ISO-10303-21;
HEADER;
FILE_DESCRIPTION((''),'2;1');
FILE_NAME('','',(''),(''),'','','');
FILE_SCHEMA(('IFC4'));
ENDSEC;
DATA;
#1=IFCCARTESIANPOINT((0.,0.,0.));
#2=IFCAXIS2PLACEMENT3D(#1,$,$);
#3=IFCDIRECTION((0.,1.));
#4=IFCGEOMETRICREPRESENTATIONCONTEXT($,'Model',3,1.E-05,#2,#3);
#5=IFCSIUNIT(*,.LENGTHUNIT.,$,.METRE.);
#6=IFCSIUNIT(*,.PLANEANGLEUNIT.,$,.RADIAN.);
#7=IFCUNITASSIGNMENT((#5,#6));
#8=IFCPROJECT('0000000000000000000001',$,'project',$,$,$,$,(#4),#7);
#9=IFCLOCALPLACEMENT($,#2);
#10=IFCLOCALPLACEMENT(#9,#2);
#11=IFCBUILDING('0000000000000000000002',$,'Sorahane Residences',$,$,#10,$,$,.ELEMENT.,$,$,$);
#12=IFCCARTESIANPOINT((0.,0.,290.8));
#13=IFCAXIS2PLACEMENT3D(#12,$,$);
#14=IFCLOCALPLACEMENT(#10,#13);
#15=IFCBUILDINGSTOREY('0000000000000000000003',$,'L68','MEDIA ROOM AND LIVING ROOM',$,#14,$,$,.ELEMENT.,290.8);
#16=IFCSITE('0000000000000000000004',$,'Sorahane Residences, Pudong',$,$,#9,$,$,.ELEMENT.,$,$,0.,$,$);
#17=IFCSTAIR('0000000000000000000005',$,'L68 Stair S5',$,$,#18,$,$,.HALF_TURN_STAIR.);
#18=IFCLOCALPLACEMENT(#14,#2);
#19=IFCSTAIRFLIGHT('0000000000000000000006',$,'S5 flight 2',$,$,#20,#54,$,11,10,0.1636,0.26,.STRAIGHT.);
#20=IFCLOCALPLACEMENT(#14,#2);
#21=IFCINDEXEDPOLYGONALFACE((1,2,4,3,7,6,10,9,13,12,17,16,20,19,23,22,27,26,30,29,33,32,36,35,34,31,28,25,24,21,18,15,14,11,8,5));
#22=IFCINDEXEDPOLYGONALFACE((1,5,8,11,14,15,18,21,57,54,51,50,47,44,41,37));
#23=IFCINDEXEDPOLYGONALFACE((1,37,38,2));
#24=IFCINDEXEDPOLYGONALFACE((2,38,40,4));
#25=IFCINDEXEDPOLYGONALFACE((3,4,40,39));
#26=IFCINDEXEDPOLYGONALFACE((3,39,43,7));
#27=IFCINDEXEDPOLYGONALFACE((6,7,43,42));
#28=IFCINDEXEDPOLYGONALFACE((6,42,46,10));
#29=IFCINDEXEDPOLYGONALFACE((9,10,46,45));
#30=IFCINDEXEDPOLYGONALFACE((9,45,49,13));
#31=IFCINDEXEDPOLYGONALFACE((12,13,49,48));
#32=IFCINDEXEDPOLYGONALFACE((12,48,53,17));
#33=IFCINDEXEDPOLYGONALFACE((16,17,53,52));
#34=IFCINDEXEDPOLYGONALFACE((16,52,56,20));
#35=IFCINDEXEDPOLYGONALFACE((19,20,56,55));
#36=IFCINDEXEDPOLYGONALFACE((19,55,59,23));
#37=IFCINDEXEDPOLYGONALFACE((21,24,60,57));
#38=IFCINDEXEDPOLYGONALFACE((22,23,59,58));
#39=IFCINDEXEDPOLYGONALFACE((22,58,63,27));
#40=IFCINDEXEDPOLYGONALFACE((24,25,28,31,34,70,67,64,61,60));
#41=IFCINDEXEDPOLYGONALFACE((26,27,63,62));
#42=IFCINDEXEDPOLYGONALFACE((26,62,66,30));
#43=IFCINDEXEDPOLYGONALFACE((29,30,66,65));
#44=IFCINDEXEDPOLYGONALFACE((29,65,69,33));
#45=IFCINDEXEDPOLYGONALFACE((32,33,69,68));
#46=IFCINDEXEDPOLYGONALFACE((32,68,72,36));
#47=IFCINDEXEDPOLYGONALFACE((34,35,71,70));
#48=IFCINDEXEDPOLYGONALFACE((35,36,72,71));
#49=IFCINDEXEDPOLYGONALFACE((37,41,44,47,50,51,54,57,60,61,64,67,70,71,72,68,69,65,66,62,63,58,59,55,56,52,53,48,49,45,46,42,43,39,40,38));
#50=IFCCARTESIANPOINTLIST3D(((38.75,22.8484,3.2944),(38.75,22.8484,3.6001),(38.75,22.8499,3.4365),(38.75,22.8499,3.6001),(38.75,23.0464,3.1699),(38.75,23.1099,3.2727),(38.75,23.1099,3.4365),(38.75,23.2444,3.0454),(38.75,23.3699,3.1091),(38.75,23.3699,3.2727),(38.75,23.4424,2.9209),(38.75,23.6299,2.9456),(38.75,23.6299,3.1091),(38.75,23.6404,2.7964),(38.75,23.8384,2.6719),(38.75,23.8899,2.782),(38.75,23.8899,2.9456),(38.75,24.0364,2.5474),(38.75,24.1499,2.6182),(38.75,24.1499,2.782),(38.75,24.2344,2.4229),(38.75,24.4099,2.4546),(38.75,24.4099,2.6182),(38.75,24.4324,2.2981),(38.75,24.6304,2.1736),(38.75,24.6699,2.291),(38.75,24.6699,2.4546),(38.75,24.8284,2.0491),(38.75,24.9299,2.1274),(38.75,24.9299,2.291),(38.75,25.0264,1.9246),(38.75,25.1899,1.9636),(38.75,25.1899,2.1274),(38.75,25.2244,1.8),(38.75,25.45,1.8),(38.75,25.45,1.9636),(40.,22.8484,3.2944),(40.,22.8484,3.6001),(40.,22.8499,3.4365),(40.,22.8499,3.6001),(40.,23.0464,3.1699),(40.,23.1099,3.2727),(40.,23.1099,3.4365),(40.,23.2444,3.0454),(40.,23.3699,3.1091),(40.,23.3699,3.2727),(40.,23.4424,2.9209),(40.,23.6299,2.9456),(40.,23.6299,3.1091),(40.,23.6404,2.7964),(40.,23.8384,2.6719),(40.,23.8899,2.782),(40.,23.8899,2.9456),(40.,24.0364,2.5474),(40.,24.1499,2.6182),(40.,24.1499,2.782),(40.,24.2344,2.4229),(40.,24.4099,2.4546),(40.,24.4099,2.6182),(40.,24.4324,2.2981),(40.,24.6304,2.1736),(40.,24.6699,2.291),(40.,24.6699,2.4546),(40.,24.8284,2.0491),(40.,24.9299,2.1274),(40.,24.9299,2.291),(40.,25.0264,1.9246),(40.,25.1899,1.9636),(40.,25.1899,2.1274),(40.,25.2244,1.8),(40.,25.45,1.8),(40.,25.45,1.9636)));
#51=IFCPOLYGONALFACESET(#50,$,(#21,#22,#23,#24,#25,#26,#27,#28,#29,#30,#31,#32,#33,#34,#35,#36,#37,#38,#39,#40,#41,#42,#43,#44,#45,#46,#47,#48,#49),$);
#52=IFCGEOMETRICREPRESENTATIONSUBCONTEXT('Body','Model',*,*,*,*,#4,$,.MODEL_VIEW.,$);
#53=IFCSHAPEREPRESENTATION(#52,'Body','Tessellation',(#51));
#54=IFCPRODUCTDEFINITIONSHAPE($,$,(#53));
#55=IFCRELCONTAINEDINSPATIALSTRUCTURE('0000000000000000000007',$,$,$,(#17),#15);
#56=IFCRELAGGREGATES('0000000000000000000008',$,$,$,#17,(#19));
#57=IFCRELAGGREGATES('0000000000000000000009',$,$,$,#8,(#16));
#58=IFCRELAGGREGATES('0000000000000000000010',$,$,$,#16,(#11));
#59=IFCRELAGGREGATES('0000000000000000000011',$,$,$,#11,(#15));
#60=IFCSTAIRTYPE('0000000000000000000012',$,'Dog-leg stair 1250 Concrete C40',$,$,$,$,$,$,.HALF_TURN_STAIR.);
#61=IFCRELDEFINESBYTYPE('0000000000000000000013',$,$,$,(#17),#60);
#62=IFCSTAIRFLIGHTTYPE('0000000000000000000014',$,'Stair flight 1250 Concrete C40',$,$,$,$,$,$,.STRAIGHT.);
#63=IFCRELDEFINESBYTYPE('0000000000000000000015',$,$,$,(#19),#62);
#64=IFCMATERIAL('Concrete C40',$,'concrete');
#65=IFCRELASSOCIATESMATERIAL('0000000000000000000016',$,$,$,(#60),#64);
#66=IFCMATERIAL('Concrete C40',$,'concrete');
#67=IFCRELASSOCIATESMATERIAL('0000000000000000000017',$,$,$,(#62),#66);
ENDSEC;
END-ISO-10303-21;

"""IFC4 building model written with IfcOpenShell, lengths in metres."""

from ifc_helpers import new_model, si_unit, direction, frame, origin, place, context, subcontext, project, spatial, polyline, outline, extrude, material, type_object, element, aggregate, save


model = new_model("IFC4")

# Units and contexts
model_context = context("Model", 3, precision=1e-05, world=origin(), true_north=direction((0.0, 1.0)))
body_context = subcontext(model_context, "Body", "Model", "MODEL_VIEW")
ifc_project = project(units=[si_unit("LENGTHUNIT", "METRE"), si_unit("PLANEANGLEUNIT", "RADIAN")], contexts=[model_context])

# Site, building, storey
site_placement = place(None, origin())
site = spatial("IfcSite", under=ifc_project, at=site_placement, Name="Sorahane Residences, Pudong", CompositionType="ELEMENT", RefElevation=0.0)
building_placement = place(site_placement, origin())
building = spatial("IfcBuilding", under=site, at=building_placement, Name="Sorahane Residences", CompositionType="ELEMENT")
storey_placement = place(building_placement, frame((0.0, 0.0, 290.8)))
storey = spatial("IfcBuildingStorey", under=building, at=storey_placement, Name="L68", Description="MEDIA ROOM AND LIVING ROOM", CompositionType="ELEMENT", Elevation=290.8)

# Stair, stair flight
ifc_material_1 = material(Name="Concrete C40", Category="concrete")
stair_type = type_object("IfcStairType", Name="Dog-leg stair 1250 Concrete C40", PredefinedType="HALF_TURN_STAIR", material=ifc_material_1)
stair_placement = place(storey_placement, origin())
stair = element("IfcStair", 1, at=stair_placement, inside=storey, type_object=stair_type, Name="L68 Stair S5", PredefinedType="HALF_TURN_STAIR")
ifc_material_2 = material(Name="Concrete C40", Category="concrete")
stair_flight_type = type_object("IfcStairFlightType", Name="Stair flight 1250 Concrete C40", PredefinedType="STRAIGHT", material=ifc_material_2)
stair_flight_1_placement = place(storey_placement, frame((39.375, 25.45, 1.8), z_axis=(0.0, 0.0, 1.0), x_axis=(0.0, -1.0, 0.0)))
stair_flight_1 = element("IfcStairFlight", 2, at=stair_flight_1_placement, type_object=stair_flight_type, Name="S5 flight 2", NumberOfRisers=11, NumberOfTreads=10, PredefinedType="STRAIGHT", RiserHeight=0.1636, TreadLength=0.26, context=body_context, shape_type="SweptSolid", body=[
    extrude(outline(polyline([(0.0, 0.0), (0.0, 0.1636), (0.26, 0.1636), (0.26, 0.3274), (0.52, 0.3274), (0.52, 0.491), (0.78, 0.491), (0.78, 0.6545), (1.04, 0.6545), (1.04, 0.8181), (1.3, 0.8181), (1.3, 0.9819), (1.5601, 0.9819), (1.5601, 1.1455), (1.8201, 1.1455), (1.8201, 1.3091), (2.0801, 1.3091), (2.0801, 1.4727), (2.3401, 1.4727), (2.3401, 1.6365), (2.6001, 1.6365), (2.6001, 1.8), (2.6016, 1.8), (2.6016, 1.4944), (2.4036, 1.3699), (2.2056, 1.2454), (2.0076, 1.1208), (1.8096, 0.9963), (1.6116, 0.8718), (1.4136, 0.7473), (1.2156, 0.6228), (1.0176, 0.498), (0.8196, 0.3735), (0.6216, 0.249), (0.4236, 0.1245), (0.2256, 0.0), (0.0, 0.0)])), frame((0.0, 0.625, 0.0), z_axis=(0.0, -1.0, 0.0), x_axis=(1.0, 0.0, 0.0)), (0.0, 0.0, 1.0), 1.25),
])
aggregate(stair, [stair_flight_1])

save(model, "model.ifc")
